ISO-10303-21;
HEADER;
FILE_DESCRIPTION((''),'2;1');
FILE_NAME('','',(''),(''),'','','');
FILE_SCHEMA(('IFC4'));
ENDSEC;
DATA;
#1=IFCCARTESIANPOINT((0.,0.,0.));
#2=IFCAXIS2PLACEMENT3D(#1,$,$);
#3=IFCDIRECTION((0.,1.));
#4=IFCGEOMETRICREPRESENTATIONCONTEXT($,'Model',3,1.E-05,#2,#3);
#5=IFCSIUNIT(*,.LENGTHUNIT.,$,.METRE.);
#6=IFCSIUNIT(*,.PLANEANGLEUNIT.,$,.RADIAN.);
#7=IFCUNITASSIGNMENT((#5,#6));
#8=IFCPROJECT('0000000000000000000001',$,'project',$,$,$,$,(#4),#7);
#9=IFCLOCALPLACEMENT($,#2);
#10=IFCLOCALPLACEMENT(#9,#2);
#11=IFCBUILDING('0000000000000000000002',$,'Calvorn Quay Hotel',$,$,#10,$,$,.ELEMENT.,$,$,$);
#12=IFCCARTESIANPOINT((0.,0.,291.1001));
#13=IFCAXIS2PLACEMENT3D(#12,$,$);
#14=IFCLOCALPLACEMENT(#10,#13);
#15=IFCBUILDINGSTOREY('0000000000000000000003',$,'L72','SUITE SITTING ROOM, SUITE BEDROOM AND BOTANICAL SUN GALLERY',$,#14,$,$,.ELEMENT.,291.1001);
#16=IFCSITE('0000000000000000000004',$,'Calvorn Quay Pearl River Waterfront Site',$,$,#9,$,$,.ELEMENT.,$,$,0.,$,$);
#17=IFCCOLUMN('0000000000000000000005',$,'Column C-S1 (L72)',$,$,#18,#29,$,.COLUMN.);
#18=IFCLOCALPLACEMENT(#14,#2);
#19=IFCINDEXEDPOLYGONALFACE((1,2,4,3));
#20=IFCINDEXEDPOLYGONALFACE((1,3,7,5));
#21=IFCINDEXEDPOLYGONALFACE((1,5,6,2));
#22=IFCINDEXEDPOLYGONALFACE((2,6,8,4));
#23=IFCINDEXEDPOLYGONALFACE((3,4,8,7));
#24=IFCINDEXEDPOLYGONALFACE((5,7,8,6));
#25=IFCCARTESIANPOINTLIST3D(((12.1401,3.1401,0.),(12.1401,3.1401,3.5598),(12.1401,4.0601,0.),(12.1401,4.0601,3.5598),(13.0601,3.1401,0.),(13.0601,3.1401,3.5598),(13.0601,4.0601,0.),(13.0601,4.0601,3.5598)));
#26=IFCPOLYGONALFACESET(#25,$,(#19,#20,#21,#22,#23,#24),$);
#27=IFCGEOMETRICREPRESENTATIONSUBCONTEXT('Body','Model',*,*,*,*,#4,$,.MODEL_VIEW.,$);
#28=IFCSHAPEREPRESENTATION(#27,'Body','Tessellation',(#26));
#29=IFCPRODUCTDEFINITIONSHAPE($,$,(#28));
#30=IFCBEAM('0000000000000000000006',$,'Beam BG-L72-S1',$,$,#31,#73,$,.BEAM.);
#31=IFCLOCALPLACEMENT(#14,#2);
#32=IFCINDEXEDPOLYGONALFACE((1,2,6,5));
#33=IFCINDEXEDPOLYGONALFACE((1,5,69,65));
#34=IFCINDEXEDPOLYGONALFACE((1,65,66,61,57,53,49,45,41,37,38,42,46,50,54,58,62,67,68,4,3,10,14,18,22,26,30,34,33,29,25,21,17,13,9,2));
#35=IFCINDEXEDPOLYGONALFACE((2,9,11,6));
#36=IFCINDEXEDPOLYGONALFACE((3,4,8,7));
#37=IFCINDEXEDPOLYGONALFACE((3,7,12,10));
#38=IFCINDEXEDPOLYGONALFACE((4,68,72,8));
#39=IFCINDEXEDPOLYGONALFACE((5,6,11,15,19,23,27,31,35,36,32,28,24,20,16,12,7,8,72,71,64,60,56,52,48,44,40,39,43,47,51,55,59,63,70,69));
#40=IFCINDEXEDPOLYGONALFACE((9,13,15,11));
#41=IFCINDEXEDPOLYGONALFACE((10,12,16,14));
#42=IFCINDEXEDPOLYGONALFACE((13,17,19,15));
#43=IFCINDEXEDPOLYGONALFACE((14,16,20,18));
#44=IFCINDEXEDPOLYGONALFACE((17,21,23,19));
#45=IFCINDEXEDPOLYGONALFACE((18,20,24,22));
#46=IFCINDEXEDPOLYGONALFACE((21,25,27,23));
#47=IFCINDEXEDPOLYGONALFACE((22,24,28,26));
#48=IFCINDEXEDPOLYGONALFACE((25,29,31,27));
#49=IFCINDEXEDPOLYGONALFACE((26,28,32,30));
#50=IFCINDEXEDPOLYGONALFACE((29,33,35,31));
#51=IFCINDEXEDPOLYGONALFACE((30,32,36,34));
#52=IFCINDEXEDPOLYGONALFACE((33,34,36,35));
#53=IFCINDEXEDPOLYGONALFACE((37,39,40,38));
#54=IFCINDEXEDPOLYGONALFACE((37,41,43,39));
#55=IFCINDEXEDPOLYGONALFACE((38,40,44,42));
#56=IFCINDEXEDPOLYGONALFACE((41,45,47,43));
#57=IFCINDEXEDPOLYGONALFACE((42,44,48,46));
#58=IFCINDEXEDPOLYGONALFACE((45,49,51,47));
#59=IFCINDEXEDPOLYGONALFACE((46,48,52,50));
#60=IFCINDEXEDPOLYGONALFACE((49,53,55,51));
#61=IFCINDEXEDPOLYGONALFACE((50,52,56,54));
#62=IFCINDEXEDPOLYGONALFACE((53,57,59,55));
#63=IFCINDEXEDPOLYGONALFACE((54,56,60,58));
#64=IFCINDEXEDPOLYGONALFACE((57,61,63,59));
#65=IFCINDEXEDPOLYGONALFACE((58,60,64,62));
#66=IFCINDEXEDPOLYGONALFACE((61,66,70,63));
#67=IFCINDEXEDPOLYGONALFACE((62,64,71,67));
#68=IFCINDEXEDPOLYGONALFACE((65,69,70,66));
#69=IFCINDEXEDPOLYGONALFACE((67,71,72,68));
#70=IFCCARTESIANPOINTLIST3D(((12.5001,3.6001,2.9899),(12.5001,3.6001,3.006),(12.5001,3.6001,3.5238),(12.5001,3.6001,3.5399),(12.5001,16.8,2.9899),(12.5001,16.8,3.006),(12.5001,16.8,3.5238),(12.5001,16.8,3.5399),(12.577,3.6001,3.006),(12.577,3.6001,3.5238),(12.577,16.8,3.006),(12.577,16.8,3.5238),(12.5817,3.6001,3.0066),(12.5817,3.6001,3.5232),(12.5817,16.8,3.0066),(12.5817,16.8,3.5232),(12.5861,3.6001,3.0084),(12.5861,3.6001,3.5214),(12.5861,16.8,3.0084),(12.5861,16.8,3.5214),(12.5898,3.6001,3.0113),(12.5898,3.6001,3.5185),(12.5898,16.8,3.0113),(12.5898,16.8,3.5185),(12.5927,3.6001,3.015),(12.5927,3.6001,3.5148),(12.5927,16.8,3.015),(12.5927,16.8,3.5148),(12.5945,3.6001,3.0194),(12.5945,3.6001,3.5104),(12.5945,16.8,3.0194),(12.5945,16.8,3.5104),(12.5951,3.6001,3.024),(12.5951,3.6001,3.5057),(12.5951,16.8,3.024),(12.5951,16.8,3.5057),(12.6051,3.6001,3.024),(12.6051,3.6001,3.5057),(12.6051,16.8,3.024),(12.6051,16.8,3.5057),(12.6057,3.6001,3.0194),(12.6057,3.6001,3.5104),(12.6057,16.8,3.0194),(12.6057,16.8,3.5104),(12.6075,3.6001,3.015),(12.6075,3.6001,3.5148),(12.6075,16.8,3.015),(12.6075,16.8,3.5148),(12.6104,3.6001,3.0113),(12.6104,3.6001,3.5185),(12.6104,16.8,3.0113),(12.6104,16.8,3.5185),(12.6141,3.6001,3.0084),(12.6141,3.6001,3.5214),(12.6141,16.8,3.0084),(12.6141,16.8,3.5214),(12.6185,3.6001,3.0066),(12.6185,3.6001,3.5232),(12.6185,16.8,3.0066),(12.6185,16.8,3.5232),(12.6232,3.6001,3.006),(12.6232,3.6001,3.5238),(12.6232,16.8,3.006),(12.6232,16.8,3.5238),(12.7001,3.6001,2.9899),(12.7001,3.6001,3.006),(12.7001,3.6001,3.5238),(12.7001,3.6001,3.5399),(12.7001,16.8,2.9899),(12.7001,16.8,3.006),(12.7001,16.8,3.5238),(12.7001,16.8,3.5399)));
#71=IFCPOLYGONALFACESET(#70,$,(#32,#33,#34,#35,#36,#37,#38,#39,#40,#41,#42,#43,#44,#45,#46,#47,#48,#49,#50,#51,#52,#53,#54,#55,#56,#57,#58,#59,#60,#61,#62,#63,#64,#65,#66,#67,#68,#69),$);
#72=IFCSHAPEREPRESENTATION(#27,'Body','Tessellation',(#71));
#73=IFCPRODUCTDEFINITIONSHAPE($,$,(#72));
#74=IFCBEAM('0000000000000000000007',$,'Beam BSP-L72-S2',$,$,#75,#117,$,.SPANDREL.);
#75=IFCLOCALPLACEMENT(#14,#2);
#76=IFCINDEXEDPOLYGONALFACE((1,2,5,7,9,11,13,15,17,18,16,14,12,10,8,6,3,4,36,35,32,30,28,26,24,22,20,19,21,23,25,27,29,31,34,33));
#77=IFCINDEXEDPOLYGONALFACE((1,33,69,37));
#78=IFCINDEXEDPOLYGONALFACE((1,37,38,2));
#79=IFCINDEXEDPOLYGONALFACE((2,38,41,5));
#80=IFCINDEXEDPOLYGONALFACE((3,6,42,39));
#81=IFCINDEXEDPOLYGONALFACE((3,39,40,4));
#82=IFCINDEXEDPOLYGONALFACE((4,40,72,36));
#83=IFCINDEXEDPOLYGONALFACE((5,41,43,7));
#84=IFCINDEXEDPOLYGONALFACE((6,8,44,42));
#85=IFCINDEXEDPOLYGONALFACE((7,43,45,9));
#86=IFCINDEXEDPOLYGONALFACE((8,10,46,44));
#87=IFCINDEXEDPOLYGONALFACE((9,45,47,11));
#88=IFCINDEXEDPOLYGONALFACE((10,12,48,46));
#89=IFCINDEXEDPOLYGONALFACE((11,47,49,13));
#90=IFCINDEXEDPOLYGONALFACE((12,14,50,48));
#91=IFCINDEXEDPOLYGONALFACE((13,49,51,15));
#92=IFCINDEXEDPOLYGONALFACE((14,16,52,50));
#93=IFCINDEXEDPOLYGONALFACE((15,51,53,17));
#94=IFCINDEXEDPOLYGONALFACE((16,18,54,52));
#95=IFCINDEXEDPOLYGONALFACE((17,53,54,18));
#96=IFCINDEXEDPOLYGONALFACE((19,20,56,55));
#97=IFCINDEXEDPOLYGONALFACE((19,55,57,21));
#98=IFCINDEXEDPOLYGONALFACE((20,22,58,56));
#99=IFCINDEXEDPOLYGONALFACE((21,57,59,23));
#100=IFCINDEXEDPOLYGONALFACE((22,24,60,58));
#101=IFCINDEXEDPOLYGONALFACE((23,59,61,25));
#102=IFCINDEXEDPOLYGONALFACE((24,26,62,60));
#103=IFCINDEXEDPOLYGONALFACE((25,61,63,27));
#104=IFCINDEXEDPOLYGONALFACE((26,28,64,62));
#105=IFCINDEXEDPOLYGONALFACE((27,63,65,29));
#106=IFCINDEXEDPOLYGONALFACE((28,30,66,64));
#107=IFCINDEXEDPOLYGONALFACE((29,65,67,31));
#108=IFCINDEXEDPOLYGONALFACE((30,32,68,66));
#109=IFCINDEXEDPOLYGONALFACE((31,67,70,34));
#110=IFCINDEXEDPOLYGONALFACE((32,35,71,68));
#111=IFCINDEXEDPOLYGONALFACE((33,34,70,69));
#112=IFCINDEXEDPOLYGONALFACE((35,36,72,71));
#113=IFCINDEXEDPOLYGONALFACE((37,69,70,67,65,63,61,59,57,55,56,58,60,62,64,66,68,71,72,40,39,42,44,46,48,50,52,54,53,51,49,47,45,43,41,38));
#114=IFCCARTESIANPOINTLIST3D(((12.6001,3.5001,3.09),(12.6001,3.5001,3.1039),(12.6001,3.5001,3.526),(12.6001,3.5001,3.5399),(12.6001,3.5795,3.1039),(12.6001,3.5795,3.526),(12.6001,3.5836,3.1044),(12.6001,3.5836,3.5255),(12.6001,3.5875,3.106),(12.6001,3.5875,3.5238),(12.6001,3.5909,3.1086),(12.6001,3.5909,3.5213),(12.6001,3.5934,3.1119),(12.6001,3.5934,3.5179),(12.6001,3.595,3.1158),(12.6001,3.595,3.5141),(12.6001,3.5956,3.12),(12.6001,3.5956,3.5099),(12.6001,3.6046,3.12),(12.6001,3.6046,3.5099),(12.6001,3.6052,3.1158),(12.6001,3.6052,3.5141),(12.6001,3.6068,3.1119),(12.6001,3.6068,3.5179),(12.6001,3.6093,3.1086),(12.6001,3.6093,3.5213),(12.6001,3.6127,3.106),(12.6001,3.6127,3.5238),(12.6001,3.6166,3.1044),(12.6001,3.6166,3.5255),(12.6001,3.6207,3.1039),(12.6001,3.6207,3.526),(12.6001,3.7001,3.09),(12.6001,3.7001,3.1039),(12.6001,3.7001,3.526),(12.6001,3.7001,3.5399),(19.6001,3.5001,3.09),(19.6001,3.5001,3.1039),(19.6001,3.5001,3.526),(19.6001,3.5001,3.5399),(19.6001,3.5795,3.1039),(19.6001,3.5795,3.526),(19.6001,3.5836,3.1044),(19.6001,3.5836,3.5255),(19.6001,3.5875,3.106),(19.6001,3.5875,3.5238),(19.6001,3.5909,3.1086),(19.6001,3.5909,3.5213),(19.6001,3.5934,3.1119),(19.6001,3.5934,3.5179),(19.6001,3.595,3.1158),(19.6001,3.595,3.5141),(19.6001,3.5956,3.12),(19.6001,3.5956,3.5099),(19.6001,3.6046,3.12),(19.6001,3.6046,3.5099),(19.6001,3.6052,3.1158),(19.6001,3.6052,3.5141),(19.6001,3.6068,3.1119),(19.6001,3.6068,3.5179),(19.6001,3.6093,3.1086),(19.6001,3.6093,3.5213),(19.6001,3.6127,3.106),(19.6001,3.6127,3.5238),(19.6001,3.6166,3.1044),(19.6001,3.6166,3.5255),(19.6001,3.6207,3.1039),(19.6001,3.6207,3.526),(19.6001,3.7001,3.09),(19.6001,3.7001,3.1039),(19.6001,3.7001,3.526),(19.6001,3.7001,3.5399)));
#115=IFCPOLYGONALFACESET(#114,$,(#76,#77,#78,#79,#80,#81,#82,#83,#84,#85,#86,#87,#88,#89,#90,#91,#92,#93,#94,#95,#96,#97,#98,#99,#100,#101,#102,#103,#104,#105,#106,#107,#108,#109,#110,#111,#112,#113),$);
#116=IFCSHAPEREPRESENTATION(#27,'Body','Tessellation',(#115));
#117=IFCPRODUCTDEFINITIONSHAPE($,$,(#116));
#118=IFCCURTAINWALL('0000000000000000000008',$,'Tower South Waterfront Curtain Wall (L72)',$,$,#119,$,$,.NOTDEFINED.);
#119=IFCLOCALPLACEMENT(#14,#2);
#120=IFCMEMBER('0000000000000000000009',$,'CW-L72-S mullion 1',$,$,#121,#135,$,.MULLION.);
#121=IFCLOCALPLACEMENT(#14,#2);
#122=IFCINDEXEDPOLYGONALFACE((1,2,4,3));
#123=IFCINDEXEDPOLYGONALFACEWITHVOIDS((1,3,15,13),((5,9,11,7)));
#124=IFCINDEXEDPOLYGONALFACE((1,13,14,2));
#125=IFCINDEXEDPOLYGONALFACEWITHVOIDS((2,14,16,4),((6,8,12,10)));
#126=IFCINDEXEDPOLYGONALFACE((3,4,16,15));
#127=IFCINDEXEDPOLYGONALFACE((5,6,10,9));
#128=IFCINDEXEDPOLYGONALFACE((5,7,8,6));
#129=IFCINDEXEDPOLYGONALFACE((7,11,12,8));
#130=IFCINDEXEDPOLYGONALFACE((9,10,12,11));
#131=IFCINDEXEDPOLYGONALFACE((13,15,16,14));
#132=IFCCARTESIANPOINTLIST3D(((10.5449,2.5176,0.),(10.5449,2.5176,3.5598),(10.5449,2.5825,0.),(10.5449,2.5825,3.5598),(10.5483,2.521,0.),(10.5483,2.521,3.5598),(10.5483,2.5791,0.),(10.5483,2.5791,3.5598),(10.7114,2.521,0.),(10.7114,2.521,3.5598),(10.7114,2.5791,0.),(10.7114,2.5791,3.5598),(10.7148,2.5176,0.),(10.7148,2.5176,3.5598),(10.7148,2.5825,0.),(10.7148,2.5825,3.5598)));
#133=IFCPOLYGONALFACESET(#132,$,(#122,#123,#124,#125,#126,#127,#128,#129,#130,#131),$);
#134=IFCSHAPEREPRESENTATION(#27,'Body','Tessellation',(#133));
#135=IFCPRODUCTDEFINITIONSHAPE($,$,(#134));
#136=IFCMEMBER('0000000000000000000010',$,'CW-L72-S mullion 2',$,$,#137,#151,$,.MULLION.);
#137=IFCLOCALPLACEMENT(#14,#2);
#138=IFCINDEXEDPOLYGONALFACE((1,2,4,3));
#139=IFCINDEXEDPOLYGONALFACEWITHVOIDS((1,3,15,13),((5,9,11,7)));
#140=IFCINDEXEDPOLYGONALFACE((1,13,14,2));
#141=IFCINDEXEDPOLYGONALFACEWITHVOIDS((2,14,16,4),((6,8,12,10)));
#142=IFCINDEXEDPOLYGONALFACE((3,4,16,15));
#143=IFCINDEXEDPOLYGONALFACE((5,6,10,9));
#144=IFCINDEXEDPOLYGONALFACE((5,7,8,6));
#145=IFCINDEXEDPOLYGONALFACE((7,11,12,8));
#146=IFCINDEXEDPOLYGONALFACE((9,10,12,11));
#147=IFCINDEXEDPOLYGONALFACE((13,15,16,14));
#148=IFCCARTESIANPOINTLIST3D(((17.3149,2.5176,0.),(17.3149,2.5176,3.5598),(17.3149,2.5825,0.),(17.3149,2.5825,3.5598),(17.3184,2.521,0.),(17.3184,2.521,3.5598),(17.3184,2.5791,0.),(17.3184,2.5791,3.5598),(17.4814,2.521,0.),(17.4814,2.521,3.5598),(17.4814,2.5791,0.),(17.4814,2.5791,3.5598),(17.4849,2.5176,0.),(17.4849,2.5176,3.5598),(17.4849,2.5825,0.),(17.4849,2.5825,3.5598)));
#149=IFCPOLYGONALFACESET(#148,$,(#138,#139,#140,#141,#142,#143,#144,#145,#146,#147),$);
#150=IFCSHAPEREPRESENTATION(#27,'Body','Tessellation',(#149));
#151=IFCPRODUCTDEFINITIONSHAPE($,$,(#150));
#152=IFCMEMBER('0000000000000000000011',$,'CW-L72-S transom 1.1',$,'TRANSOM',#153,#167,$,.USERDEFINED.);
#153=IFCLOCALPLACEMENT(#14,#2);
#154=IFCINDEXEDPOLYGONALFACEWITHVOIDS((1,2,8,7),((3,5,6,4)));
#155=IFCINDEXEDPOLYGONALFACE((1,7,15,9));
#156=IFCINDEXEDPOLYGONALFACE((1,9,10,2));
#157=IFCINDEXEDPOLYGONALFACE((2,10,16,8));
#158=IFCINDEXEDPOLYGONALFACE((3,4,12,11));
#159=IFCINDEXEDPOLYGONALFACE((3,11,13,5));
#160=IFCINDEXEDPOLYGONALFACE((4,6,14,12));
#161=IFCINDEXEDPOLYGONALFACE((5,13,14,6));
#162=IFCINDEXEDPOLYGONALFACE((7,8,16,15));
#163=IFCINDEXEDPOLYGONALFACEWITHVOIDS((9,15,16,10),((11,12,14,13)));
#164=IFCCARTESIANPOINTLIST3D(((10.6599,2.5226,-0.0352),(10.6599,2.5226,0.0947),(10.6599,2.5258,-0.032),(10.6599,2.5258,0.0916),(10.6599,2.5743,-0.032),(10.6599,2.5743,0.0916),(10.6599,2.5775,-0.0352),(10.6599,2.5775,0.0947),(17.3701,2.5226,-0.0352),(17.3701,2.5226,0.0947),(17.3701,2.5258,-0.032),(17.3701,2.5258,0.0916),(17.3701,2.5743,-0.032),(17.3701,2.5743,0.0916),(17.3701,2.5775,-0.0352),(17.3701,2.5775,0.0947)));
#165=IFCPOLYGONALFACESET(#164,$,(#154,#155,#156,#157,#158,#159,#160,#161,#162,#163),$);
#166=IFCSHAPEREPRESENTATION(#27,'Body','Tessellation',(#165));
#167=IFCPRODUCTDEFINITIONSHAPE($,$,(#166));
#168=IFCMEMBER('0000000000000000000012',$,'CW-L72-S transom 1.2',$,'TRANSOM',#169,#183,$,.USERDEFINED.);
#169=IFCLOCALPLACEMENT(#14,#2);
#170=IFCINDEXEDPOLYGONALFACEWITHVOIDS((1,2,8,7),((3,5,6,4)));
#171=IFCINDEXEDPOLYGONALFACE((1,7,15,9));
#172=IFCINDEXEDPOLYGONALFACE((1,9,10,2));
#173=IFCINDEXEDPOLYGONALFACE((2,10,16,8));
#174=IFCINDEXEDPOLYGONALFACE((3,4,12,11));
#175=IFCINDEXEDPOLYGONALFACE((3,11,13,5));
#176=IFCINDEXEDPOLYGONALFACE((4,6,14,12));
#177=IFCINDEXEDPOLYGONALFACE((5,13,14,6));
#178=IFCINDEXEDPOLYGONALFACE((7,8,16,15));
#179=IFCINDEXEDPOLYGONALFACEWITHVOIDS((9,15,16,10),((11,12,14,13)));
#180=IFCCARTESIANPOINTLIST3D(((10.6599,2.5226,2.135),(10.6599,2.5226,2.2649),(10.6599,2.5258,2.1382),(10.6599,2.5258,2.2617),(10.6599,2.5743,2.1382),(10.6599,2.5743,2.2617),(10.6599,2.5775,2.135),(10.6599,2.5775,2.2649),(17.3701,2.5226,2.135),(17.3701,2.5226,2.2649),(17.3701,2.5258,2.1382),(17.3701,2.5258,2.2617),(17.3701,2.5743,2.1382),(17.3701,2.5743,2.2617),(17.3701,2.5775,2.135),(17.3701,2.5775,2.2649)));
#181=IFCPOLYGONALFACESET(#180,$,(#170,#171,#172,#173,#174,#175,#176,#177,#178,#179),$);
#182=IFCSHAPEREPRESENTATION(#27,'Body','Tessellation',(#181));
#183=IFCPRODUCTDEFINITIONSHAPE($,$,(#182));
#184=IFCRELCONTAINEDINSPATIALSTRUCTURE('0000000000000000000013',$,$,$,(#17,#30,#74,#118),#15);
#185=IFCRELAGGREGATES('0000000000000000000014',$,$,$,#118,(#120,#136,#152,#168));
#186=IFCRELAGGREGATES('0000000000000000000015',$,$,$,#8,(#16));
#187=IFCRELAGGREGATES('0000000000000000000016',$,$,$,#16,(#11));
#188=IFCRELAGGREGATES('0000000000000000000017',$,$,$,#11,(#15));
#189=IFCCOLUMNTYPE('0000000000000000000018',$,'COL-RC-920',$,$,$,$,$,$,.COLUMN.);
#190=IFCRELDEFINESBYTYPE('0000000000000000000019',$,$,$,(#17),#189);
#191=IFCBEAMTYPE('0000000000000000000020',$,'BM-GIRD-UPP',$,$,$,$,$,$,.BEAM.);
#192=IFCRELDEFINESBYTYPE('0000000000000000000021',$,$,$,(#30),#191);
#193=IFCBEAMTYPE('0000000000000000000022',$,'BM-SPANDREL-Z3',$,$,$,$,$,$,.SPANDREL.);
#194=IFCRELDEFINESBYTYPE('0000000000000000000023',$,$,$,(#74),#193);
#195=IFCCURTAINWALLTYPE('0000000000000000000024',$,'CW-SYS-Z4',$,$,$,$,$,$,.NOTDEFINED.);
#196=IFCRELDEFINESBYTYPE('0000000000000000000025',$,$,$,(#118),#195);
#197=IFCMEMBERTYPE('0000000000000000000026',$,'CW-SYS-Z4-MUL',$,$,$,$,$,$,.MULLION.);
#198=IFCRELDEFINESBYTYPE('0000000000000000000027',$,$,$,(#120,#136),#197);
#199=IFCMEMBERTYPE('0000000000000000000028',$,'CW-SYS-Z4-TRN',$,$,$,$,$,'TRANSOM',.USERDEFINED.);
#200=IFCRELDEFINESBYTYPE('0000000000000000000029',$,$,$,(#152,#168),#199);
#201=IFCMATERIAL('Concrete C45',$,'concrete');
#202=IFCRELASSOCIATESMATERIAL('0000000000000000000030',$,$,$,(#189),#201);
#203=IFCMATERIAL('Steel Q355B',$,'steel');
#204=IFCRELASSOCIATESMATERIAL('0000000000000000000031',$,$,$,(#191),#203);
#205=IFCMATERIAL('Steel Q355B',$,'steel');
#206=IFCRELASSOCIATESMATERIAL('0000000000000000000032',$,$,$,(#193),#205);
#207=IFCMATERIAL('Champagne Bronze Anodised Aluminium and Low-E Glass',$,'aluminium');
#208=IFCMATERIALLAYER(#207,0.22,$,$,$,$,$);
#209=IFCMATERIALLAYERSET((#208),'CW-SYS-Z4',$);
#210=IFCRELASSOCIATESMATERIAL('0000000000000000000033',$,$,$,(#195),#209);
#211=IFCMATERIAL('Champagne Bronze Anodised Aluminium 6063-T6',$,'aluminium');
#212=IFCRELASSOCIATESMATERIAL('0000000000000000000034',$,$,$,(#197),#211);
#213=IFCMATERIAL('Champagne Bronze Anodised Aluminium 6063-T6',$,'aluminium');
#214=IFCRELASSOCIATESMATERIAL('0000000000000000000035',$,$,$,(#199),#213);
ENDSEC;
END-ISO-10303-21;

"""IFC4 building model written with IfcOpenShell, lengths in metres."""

from ifc_helpers import new_model, si_unit, direction, frame, origin, origin_2d, place, context, subcontext, project, spatial, rectangle, hollow_rectangle, i_section, extrude, material, layer, layer_set, material_profile, profile_set, type_object, element, aggregate, save


model = new_model("IFC4")

# Units and contexts
model_context = context("Model", 3, precision=1e-05, world=origin(), true_north=direction((0.0, 1.0)))
body_context = subcontext(model_context, "Body", "Model", "MODEL_VIEW")
ifc_project = project(units=[si_unit("LENGTHUNIT", "METRE"), si_unit("PLANEANGLEUNIT", "RADIAN")], contexts=[model_context])

# Site, building, storey
site_placement = place(None, origin())
site = spatial("IfcSite", under=ifc_project, at=site_placement, Name="Calvorn Quay Pearl River Waterfront Site", CompositionType="ELEMENT", RefElevation=0.0)
building_placement = place(site_placement, origin())
building = spatial("IfcBuilding", under=site, at=building_placement, Name="Calvorn Quay Hotel", CompositionType="ELEMENT")
storey_placement = place(building_placement, frame((0.0, 0.0, 291.1001)))
storey = spatial("IfcBuildingStorey", under=building, at=storey_placement, Name="L72", Description="SUITE SITTING ROOM, SUITE BEDROOM AND BOTANICAL SUN GALLERY", CompositionType="ELEMENT", Elevation=291.1001)

# Column
ifc_material_1 = material(Name="Concrete C45", Category="concrete")
ifc_material_profile_1 = material_profile(ifc_material_1, rectangle(XDim=0.9199, YDim=0.9199, at=origin_2d()), Name="RC920x920")
ifc_profile_set_1 = profile_set([ifc_material_profile_1], Name="Concrete C45")
column_type = type_object("IfcColumnType", Name="COL-RC-920", PredefinedType="COLUMN", material=ifc_profile_set_1)
column_placement = place(storey_placement, frame((12.6001, 3.6001, 0.0), z_axis=(0.0, 0.0, 1.0), x_axis=(1.0, 0.0, 0.0)))
element("IfcColumn", 1, at=column_placement, inside=storey, type_object=column_type, Name="Column C-S1 (L72)", PredefinedType="COLUMN", context=body_context, shape_type="SweptSolid", body=[
    extrude(rectangle(XDim=0.9199, YDim=0.9199, at=origin_2d()), origin(), (0.0, 0.0, 1.0), 3.5598),
])

# Beams
ifc_material_2 = material(Name="Steel Q355B", Category="steel")
ifc_material_profile_2 = material_profile(ifc_material_2, i_section(OverallWidth=0.2, OverallDepth=0.55, WebThickness=0.01, FlangeThickness=0.0161, FilletRadius=0.0181, at=origin_2d()), Name="HN550x200x10x16")
ifc_profile_set_2 = profile_set([ifc_material_profile_2], Name="Steel Q355B")
beam_type_1 = type_object("IfcBeamType", Name="BM-GIRD-UPP", PredefinedType="BEAM", material=ifc_profile_set_2)
beam_1_placement = place(storey_placement, frame((12.6001, 3.6001, 3.2649), z_axis=(0.0, 1.0, 0.0), x_axis=(-1.0, 0.0, 0.0)))
element("IfcBeam", 2, at=beam_1_placement, inside=storey, type_object=beam_type_1, Name="Beam BG-L72-S1", PredefinedType="BEAM", context=body_context, shape_type="SweptSolid", body=[
    extrude(i_section(OverallWidth=0.2, OverallDepth=0.55, WebThickness=0.01, FlangeThickness=0.0161, FilletRadius=0.0181, at=origin_2d()), origin(), (0.0, 0.0, 1.0), 13.2),
])
ifc_material_3 = material(Name="Steel Q355B", Category="steel")
ifc_material_profile_3 = material_profile(ifc_material_3, i_section(OverallWidth=0.2, OverallDepth=0.45, WebThickness=0.009, FlangeThickness=0.0139, FilletRadius=0.0161, at=origin_2d()), Name="HN450x200x9x14")
ifc_profile_set_3 = profile_set([ifc_material_profile_3], Name="Steel Q355B")
beam_type_2 = type_object("IfcBeamType", Name="BM-SPANDREL-Z3", PredefinedType="SPANDREL", material=ifc_profile_set_3)
beam_2_placement = place(storey_placement, frame((12.6001, 3.6001, 3.3149), z_axis=(1.0, 0.0, 0.0), x_axis=(0.0, 1.0, 0.0)))
element("IfcBeam", 3, at=beam_2_placement, inside=storey, type_object=beam_type_2, Name="Beam BSP-L72-S2", PredefinedType="SPANDREL", context=body_context, shape_type="SweptSolid", body=[
    extrude(i_section(OverallWidth=0.2, OverallDepth=0.45, WebThickness=0.009, FlangeThickness=0.0139, FilletRadius=0.0161, at=origin_2d()), origin(), (0.0, 0.0, 1.0), 7.0),
])

# Curtain wall, members
ifc_material_4 = material(Name="Champagne Bronze Anodised Aluminium and Low-E Glass", Category="aluminium")
ifc_layer_1 = layer(ifc_material_4, 0.22)
ifc_layer_set_1 = layer_set([ifc_layer_1], Name="CW-SYS-Z4")
curtain_wall_type = type_object("IfcCurtainWallType", Name="CW-SYS-Z4", PredefinedType="NOTDEFINED", material=ifc_layer_set_1)
curtain_wall_placement = place(storey_placement, origin())
curtain_wall = element("IfcCurtainWall", 4, at=curtain_wall_placement, inside=storey, type_object=curtain_wall_type, Name="Tower South Waterfront Curtain Wall (L72)", PredefinedType="NOTDEFINED")
ifc_material_5 = material(Name="Champagne Bronze Anodised Aluminium 6063-T6", Category="aluminium")
ifc_material_profile_4 = material_profile(ifc_material_5, hollow_rectangle(XDim=0.0649, YDim=0.1699, WallThickness=0.0034, at=origin_2d()), Name="ALU-M170x65x3.5")
ifc_profile_set_4 = profile_set([ifc_material_profile_4], Name="Champagne Bronze Anodised Aluminium 6063-T6")
member_type_1 = type_object("IfcMemberType", Name="CW-SYS-Z4-MUL", PredefinedType="MULLION", material=ifc_profile_set_4)
member_1_placement = place(storey_placement, frame((10.6299, 2.55, 0.0), z_axis=(0.0, 0.0, 1.0), x_axis=(0.0, 1.0, 0.0)))
member_1 = element("IfcMember", 5, at=member_1_placement, type_object=member_type_1, Name="CW-L72-S mullion 1", PredefinedType="MULLION", context=body_context, shape_type="SweptSolid", body=[
    extrude(hollow_rectangle(XDim=0.0649, YDim=0.1699, WallThickness=0.0034, at=origin_2d()), origin(), (0.0, 0.0, 1.0), 3.5598),
])
member_2_placement = place(storey_placement, frame((17.3999, 2.55, 0.0), z_axis=(0.0, 0.0, 1.0), x_axis=(0.0, 1.0, 0.0)))
member_2 = element("IfcMember", 6, at=member_2_placement, type_object=member_type_1, Name="CW-L72-S mullion 2", PredefinedType="MULLION", context=body_context, shape_type="SweptSolid", body=[
    extrude(hollow_rectangle(XDim=0.0649, YDim=0.1699, WallThickness=0.0034, at=origin_2d()), origin(), (0.0, 0.0, 1.0), 3.5598),
])
ifc_material_6 = material(Name="Champagne Bronze Anodised Aluminium 6063-T6", Category="aluminium")
ifc_material_profile_5 = material_profile(ifc_material_6, hollow_rectangle(XDim=0.0549, YDim=0.1299, WallThickness=0.0032, at=origin_2d()), Name="ALU-T130x55x3.2")
ifc_profile_set_5 = profile_set([ifc_material_profile_5], Name="Champagne Bronze Anodised Aluminium 6063-T6")
member_type_2 = type_object("IfcMemberType", Name="CW-SYS-Z4-TRN", ElementType="TRANSOM", PredefinedType="USERDEFINED", material=ifc_profile_set_5)
member_3_placement = place(storey_placement, frame((10.6599, 2.55, 0.0298), z_axis=(1.0, 0.0, 0.0), x_axis=(0.0, 1.0, 0.0)))
member_3 = element("IfcMember", 7, at=member_3_placement, type_object=member_type_2, Name="CW-L72-S transom 1.1", ObjectType="TRANSOM", PredefinedType="USERDEFINED", context=body_context, shape_type="SweptSolid", body=[
    extrude(hollow_rectangle(XDim=0.0549, YDim=0.1299, WallThickness=0.0032, at=origin_2d()), origin(), (0.0, 0.0, 1.0), 6.7102),
])
member_4_placement = place(storey_placement, frame((10.6599, 2.55, 2.2), z_axis=(1.0, 0.0, 0.0), x_axis=(0.0, 1.0, 0.0)))
member_4 = element("IfcMember", 8, at=member_4_placement, type_object=member_type_2, Name="CW-L72-S transom 1.2", ObjectType="TRANSOM", PredefinedType="USERDEFINED", context=body_context, shape_type="SweptSolid", body=[
    extrude(hollow_rectangle(XDim=0.0549, YDim=0.1299, WallThickness=0.0032, at=origin_2d()), origin(), (0.0, 0.0, 1.0), 6.7102),
])
aggregate(curtain_wall, [member_1, member_2, member_3, member_4])

save(model, "model.ifc")
